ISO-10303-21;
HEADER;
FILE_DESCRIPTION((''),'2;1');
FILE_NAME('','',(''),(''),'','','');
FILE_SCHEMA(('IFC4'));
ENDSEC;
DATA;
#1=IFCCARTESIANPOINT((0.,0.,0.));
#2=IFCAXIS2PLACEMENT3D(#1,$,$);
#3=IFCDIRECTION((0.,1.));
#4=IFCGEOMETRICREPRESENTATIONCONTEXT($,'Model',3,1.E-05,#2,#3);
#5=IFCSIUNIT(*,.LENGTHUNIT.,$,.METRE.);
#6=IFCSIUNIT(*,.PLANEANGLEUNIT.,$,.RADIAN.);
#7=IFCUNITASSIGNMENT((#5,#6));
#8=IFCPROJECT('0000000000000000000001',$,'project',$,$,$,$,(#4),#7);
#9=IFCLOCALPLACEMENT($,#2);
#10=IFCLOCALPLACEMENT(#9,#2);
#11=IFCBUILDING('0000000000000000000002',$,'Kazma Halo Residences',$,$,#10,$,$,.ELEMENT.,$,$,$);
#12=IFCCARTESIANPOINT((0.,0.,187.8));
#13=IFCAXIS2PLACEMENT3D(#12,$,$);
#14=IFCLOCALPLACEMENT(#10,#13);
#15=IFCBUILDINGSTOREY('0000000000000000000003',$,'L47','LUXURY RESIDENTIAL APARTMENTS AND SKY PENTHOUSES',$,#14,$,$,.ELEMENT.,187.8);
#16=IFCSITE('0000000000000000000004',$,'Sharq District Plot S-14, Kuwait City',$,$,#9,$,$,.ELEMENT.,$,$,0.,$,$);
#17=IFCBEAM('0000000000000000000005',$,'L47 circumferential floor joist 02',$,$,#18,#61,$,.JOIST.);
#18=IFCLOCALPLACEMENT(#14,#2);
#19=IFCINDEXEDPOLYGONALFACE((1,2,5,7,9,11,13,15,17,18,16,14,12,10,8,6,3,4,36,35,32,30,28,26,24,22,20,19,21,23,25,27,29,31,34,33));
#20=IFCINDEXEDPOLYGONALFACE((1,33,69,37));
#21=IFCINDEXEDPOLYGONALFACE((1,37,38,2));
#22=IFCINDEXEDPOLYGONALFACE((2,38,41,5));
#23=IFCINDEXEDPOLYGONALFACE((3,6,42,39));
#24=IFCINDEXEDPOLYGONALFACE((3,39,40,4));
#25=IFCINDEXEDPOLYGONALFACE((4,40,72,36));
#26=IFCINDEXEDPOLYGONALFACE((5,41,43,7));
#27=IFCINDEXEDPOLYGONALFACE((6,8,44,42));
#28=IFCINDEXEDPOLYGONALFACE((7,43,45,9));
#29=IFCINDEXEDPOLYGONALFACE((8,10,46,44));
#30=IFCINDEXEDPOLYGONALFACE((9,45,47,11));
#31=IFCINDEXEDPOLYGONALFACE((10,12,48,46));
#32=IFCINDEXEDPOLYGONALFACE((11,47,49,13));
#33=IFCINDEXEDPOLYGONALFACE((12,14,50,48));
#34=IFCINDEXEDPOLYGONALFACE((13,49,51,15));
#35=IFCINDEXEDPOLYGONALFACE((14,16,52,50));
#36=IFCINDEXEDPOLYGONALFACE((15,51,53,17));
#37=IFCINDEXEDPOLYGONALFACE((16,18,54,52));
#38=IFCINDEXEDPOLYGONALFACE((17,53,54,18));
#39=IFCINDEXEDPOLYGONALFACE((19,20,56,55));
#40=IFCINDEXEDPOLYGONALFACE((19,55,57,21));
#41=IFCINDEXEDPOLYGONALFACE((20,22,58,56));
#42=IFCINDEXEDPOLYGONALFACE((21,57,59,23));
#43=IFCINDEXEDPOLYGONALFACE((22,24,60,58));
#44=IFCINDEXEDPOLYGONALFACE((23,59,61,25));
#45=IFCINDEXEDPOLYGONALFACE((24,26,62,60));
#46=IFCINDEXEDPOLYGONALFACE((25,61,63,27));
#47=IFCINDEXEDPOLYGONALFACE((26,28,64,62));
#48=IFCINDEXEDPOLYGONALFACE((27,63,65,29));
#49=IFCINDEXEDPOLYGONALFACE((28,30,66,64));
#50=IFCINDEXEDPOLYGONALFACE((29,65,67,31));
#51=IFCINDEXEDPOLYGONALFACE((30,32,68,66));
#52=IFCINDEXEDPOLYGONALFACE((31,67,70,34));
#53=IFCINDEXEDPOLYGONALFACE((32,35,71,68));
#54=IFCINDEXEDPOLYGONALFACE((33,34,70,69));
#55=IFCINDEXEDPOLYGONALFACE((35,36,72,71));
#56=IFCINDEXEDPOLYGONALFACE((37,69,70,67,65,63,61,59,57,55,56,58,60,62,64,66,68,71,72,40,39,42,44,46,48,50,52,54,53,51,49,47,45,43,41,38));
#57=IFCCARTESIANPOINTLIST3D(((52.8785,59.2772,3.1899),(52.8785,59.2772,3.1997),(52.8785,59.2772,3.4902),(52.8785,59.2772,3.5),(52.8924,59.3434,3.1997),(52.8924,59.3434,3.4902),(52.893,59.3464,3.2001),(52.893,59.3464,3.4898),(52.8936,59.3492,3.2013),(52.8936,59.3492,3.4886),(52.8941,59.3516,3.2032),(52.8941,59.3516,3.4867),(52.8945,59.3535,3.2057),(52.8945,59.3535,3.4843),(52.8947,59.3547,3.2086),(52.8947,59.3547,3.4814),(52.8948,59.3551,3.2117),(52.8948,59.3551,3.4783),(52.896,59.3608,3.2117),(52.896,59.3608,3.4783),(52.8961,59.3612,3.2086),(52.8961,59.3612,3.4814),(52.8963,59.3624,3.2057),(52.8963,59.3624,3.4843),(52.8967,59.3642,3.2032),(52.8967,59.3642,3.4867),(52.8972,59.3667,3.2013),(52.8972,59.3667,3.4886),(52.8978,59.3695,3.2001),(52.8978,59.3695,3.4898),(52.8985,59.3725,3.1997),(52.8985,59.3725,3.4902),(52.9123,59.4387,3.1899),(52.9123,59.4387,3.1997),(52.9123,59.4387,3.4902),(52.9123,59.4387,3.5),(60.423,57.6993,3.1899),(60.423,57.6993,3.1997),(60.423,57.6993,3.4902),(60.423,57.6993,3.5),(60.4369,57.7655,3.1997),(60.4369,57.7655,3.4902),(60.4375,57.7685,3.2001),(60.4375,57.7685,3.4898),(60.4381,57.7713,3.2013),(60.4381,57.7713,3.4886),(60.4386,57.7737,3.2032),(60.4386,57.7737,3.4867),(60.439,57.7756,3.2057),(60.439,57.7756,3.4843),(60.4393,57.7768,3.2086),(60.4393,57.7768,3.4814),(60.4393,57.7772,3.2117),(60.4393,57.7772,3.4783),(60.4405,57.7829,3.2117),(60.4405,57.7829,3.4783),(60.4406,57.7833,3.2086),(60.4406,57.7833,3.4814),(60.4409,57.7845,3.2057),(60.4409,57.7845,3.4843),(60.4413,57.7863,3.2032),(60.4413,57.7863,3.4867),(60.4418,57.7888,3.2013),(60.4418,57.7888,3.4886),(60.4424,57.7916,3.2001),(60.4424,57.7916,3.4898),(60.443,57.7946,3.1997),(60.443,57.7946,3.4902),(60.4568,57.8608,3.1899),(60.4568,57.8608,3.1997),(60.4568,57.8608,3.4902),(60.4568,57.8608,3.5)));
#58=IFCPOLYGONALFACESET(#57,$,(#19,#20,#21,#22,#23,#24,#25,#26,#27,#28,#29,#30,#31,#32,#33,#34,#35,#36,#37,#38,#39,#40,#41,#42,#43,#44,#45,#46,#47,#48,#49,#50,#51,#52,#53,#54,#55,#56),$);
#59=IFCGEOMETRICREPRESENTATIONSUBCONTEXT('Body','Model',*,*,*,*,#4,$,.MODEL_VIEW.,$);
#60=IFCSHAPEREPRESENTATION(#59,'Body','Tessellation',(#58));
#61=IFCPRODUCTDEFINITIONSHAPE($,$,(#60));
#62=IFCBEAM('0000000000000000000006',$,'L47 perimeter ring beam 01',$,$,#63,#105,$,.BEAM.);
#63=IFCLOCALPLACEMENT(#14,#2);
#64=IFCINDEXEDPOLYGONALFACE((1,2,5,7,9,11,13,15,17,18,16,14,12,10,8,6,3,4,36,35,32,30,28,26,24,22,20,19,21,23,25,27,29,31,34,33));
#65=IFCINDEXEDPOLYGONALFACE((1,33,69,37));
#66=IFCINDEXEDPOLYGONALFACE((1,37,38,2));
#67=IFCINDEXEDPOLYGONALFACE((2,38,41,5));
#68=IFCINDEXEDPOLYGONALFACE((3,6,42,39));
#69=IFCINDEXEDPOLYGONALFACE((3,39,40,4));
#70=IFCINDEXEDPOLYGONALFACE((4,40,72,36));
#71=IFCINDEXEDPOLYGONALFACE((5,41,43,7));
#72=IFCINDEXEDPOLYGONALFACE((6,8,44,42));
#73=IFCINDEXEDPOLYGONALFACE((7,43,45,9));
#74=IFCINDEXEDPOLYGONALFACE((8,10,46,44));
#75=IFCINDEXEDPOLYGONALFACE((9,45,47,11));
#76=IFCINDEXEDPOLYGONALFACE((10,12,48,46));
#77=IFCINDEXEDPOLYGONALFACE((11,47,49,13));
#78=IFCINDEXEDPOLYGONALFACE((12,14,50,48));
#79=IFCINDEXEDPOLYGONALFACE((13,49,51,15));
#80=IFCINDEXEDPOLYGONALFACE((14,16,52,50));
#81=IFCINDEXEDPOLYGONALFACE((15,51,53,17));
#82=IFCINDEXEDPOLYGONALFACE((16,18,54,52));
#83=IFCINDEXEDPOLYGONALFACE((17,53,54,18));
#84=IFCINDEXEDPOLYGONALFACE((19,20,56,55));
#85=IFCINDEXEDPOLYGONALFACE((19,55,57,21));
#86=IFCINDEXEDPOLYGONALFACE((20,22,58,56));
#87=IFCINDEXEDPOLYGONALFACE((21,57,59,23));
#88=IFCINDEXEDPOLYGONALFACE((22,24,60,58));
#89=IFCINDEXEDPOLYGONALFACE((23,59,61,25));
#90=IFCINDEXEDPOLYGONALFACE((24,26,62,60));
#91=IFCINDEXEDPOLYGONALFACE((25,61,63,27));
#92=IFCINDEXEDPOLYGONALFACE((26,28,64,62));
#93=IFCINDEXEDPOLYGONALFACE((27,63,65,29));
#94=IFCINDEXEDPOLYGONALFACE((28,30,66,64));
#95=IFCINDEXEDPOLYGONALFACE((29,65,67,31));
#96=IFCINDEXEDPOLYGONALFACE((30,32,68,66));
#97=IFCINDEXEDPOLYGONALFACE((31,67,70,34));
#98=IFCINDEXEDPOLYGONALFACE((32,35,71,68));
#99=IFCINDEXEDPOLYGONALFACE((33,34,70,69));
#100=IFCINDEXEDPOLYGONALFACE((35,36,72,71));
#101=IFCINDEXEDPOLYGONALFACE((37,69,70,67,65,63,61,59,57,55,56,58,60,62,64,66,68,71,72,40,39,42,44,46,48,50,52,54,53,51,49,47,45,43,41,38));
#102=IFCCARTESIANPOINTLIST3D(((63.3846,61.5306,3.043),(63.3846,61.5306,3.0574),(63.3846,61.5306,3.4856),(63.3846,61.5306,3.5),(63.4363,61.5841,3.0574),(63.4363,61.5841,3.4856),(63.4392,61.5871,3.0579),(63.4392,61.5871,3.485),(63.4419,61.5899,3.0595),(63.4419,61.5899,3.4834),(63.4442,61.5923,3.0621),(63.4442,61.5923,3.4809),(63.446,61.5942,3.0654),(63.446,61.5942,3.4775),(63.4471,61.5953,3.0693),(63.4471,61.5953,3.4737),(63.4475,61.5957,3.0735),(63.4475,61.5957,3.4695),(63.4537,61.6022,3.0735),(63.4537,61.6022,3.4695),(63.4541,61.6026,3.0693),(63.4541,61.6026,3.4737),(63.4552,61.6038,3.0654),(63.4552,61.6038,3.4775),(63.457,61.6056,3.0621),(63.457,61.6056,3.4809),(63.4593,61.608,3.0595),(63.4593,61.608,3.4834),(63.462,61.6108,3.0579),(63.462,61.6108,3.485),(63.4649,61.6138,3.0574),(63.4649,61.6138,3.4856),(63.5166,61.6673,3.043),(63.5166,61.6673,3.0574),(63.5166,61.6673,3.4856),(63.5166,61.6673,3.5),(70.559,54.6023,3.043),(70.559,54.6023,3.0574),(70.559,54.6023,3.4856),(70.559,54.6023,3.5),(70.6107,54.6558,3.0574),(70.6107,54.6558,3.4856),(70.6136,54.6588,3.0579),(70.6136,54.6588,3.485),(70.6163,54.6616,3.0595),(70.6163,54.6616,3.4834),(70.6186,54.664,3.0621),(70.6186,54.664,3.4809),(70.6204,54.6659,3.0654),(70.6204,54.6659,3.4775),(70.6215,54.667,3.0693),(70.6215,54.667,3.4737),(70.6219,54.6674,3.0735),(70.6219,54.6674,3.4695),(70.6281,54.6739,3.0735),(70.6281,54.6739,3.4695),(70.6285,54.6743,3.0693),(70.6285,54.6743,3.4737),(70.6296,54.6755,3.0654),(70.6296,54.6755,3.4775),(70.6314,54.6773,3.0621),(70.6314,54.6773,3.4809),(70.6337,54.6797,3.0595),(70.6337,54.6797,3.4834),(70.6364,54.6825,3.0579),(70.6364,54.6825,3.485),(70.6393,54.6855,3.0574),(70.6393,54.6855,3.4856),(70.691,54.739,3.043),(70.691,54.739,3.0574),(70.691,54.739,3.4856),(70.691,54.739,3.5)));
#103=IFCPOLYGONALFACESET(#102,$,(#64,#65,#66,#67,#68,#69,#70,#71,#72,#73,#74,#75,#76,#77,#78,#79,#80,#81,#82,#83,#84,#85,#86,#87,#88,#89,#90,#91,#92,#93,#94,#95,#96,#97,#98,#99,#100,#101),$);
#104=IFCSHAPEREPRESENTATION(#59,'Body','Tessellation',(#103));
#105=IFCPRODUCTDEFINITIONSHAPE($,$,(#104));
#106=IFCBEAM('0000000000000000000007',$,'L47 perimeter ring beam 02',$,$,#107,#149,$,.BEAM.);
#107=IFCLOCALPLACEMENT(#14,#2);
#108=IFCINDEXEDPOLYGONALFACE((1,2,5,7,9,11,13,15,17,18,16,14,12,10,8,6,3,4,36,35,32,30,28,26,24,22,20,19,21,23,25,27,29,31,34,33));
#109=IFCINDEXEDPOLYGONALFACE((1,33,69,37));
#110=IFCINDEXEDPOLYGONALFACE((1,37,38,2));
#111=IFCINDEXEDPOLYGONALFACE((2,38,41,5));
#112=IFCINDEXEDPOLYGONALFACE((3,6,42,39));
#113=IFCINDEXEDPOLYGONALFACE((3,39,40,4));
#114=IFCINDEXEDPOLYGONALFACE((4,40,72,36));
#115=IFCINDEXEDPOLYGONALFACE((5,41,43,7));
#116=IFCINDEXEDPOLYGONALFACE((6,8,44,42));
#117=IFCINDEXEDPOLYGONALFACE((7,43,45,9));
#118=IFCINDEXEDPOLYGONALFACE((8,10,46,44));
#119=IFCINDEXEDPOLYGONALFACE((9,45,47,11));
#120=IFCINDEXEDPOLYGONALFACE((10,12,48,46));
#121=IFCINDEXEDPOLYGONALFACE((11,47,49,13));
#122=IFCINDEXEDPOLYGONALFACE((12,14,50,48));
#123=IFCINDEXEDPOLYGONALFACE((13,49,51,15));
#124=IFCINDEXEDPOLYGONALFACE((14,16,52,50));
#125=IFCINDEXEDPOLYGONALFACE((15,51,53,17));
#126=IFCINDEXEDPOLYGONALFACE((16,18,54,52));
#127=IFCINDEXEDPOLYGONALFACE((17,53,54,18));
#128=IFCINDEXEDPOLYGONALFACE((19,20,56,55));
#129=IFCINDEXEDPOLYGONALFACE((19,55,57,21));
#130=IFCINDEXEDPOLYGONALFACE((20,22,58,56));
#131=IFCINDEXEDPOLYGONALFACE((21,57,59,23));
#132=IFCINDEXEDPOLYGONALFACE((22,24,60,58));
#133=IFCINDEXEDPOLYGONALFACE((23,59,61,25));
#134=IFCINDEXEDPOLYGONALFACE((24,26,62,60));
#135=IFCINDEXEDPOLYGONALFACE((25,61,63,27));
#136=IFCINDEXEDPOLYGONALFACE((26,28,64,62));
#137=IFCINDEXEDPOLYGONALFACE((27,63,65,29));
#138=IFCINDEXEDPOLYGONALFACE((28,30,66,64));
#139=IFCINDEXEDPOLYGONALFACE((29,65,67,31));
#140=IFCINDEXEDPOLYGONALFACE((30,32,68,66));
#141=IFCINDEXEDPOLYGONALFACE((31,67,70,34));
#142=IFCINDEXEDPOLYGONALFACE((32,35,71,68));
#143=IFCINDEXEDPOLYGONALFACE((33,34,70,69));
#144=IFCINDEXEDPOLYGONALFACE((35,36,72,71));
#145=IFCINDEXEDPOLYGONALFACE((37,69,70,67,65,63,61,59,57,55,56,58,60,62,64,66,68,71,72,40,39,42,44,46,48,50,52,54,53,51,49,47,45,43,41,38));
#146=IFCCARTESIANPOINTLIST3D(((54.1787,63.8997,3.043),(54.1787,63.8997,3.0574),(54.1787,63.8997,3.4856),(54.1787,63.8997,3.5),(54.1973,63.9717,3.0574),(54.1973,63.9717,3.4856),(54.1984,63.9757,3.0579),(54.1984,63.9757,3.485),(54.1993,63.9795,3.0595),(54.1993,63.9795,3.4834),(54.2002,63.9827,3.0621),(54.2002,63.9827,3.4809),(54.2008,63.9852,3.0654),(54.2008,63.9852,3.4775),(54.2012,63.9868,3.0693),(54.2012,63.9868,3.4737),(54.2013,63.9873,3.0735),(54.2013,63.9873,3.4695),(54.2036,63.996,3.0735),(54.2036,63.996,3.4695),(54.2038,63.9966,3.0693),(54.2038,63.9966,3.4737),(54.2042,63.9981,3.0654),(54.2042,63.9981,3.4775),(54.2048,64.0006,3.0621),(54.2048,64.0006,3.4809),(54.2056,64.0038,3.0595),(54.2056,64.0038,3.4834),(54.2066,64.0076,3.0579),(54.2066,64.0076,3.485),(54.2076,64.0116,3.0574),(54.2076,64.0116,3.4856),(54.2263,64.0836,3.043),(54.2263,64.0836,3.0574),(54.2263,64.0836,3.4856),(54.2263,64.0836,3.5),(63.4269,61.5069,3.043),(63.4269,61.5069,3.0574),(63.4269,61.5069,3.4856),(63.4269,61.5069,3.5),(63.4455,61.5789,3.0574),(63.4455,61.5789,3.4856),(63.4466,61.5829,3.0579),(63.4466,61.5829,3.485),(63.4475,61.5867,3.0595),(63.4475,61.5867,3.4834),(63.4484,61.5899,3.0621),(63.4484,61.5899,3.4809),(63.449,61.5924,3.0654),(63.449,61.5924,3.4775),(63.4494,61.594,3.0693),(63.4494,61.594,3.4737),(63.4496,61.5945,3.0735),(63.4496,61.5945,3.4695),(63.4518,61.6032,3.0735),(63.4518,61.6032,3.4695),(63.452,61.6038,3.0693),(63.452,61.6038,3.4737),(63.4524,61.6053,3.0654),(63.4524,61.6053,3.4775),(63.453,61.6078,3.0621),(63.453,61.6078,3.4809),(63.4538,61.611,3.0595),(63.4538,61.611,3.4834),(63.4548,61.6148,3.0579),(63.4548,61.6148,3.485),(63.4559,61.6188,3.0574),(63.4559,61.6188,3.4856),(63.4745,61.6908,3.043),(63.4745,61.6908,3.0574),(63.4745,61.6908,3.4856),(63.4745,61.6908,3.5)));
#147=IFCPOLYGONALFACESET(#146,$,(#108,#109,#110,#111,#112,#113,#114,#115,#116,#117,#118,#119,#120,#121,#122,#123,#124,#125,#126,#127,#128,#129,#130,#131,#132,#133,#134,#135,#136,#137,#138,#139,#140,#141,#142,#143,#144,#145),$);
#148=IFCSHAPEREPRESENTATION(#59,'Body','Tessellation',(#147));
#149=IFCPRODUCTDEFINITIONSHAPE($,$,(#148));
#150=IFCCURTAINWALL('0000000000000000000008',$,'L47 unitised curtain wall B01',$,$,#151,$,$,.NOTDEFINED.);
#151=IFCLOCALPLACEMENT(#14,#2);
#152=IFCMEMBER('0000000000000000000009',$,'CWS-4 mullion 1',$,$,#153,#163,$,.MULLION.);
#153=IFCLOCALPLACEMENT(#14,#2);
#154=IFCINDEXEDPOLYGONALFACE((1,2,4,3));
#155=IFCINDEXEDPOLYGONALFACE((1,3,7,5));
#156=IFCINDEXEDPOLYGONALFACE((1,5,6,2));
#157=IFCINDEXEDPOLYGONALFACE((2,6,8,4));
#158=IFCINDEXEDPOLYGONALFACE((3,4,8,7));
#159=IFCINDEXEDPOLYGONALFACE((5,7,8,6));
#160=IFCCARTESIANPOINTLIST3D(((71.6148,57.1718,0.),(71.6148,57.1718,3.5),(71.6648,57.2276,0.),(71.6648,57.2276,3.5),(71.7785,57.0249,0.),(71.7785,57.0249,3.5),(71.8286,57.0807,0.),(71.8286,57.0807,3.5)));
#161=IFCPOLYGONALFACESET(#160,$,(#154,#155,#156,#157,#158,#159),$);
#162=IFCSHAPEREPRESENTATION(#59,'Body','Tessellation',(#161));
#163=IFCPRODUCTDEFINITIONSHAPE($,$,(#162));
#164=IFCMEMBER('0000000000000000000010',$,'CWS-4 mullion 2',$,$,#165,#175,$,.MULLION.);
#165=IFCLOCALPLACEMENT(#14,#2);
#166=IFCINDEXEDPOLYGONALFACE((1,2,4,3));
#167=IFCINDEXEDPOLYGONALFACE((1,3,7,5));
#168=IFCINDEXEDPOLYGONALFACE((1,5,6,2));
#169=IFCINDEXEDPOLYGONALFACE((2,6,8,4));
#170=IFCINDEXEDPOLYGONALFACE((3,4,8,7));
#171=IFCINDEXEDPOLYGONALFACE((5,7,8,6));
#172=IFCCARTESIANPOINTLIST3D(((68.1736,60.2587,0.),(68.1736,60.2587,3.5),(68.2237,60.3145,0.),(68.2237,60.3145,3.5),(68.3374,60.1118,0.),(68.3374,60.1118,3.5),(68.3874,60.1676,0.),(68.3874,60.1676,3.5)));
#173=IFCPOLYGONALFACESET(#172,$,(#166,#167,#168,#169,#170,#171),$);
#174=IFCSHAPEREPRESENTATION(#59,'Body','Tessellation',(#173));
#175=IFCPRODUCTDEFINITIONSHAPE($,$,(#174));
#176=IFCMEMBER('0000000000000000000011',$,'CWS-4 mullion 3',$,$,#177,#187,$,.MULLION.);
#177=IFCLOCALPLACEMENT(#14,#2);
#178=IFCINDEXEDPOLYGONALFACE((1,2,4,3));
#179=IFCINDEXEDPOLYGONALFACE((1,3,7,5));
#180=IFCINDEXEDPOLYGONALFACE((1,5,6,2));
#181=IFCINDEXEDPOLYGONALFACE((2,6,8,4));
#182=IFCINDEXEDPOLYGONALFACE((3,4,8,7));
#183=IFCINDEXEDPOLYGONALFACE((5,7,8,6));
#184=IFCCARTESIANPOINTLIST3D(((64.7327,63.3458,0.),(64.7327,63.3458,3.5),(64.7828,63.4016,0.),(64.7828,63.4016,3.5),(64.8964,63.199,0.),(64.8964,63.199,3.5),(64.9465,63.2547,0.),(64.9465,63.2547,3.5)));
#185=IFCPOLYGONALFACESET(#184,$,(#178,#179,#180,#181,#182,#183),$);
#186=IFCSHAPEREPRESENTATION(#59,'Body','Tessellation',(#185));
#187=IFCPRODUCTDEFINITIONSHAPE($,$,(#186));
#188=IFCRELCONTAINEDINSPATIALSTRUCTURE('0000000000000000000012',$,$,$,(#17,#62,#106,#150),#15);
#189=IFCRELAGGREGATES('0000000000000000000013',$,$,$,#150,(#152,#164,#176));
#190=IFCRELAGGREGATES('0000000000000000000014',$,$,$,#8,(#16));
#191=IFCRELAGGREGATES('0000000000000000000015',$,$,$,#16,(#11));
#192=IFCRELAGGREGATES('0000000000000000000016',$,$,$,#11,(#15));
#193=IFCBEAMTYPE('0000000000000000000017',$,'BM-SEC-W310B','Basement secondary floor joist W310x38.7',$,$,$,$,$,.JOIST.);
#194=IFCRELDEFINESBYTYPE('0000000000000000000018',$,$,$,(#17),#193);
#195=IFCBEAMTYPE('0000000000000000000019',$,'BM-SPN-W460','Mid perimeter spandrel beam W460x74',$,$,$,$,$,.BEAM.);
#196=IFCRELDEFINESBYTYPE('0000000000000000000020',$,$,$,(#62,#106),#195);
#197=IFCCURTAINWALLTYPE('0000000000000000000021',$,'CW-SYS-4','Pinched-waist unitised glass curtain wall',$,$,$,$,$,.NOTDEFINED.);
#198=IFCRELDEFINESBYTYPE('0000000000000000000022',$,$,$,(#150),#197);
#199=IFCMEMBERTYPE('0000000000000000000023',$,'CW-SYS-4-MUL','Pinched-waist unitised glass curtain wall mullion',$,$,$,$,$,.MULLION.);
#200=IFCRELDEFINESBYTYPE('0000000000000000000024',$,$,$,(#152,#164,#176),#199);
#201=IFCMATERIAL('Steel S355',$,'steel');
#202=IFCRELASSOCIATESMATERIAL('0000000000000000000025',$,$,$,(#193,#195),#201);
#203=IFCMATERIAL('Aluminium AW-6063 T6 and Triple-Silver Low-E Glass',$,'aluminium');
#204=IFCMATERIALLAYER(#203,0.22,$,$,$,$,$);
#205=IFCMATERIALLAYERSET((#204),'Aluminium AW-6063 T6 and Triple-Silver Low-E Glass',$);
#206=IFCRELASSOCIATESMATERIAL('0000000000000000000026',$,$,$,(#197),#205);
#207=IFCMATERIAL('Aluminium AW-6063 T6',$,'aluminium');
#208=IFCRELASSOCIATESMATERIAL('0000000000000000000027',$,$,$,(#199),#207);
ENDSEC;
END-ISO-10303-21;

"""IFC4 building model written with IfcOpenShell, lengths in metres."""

from ifc_helpers import new_model, si_unit, direction, frame, origin, origin_2d, place, context, subcontext, project, spatial, rectangle, i_section, extrude, material, layer, layer_set, material_profile, profile_set, type_object, element, aggregate, save


model = new_model("IFC4")

# Units and contexts
model_context = context("Model", 3, precision=1e-05, world=origin(), true_north=direction((0.0, 1.0)))
body_context = subcontext(model_context, "Body", "Model", "MODEL_VIEW")
ifc_project = project(units=[si_unit("LENGTHUNIT", "METRE"), si_unit("PLANEANGLEUNIT", "RADIAN")], contexts=[model_context])

# Site, building, storey
site_placement = place(None, origin())
site = spatial("IfcSite", under=ifc_project, at=site_placement, Name="Sharq District Plot S-14, Kuwait City", CompositionType="ELEMENT", RefElevation=0.0)
building_placement = place(site_placement, origin())
building = spatial("IfcBuilding", under=site, at=building_placement, Name="Kazma Halo Residences", CompositionType="ELEMENT")
storey_placement = place(building_placement, frame((0.0, 0.0, 187.8)))
storey = spatial("IfcBuildingStorey", under=building, at=storey_placement, Name="L47", Description="LUXURY RESIDENTIAL APARTMENTS AND SKY PENTHOUSES", CompositionType="ELEMENT", Elevation=187.8)

# Beams
ifc_material_1 = material(Name="Steel S355", Category="steel")
ifc_material_profile_1 = material_profile(ifc_material_1, i_section(OverallWidth=0.165, OverallDepth=0.3101, WebThickness=0.0059, FlangeThickness=0.0098, FilletRadius=0.012, at=origin_2d()), Name="W310x38.7")
ifc_profile_set_1 = profile_set([ifc_material_profile_1], Name="Steel S355")
beam_type_1 = type_object("IfcBeamType", Name="BM-SEC-W310B", Description="Basement secondary floor joist W310x38.7", PredefinedType="JOIST", material=ifc_profile_set_1)
beam_1_placement = place(storey_placement, frame((60.4399, 57.78, 3.345), z_axis=(-0.978821, 0.204716, 0.0), x_axis=(-0.204716, -0.978821, 0.0)))
element("IfcBeam", 1, at=beam_1_placement, inside=storey, type_object=beam_type_1, Name="L47 circumferential floor joist 02", PredefinedType="JOIST", context=body_context, shape_type="SweptSolid", body=[
    extrude(i_section(OverallWidth=0.165, OverallDepth=0.3101, WebThickness=0.0059, FlangeThickness=0.0098, FilletRadius=0.012, at=origin_2d()), origin(), (0.0, 0.0, 1.0), 7.7078),
])
ifc_material_profile_2 = material_profile(ifc_material_1, i_section(OverallWidth=0.1899, OverallDepth=0.457, WebThickness=0.009, FlangeThickness=0.0144, FilletRadius=0.0161, at=origin_2d()), Name="W460x74")
ifc_profile_set_2 = profile_set([ifc_material_profile_2], Name="Steel S355")
beam_type_2 = type_object("IfcBeamType", Name="BM-SPN-W460", Description="Mid perimeter spandrel beam W460x74", PredefinedType="BEAM", material=ifc_profile_set_2)
beam_2_placement = place(storey_placement, frame((70.625, 54.6707, 3.2715), z_axis=(-0.719337, 0.694662, 0.0), x_axis=(-0.694662, -0.719337, 0.0)))
element("IfcBeam", 2, at=beam_2_placement, inside=storey, type_object=beam_type_2, Name="L47 perimeter ring beam 01", PredefinedType="BEAM", context=body_context, shape_type="SweptSolid", body=[
    extrude(i_section(OverallWidth=0.1899, OverallDepth=0.457, WebThickness=0.009, FlangeThickness=0.0144, FilletRadius=0.0161, at=origin_2d()), origin(), (0.0, 0.0, 1.0), 9.9736),
])
beam_3_placement = place(storey_placement, frame((63.4507, 61.5989, 3.2715), z_axis=(-0.968121, 0.250483, 0.0), x_axis=(-0.250483, -0.968121, 0.0)))
element("IfcBeam", 3, at=beam_3_placement, inside=storey, type_object=beam_type_2, Name="L47 perimeter ring beam 02", PredefinedType="BEAM", context=body_context, shape_type="SweptSolid", body=[
    extrude(i_section(OverallWidth=0.1899, OverallDepth=0.457, WebThickness=0.009, FlangeThickness=0.0144, FilletRadius=0.0161, at=origin_2d()), origin(), (0.0, 0.0, 1.0), 9.5527),
])

# Curtain wall, members
ifc_material_2 = material(Name="Aluminium AW-6063 T6 and Triple-Silver Low-E Glass", Category="aluminium")
ifc_layer_1 = layer(ifc_material_2, 0.22)
ifc_layer_set_1 = layer_set([ifc_layer_1], Name="Aluminium AW-6063 T6 and Triple-Silver Low-E Glass")
curtain_wall_type = type_object("IfcCurtainWallType", Name="CW-SYS-4", Description="Pinched-waist unitised glass curtain wall", PredefinedType="NOTDEFINED", material=ifc_layer_set_1)
curtain_wall_1_placement = place(storey_placement, origin())
curtain_wall_1 = element("IfcCurtainWall", 4, at=curtain_wall_1_placement, inside=storey, type_object=curtain_wall_type, Name="L47 unitised curtain wall B01", PredefinedType="NOTDEFINED")
ifc_material_3 = material(Name="Aluminium AW-6063 T6", Category="aluminium")
ifc_material_profile_3 = material_profile(ifc_material_3, rectangle(XDim=0.075, YDim=0.22, at=origin_2d()), Name="CWM-75x220")
ifc_profile_set_3 = profile_set([ifc_material_profile_3], Name="Aluminium AW-6063 T6")
member_type_1 = type_object("IfcMemberType", Name="CW-SYS-4-MUL", Description="Pinched-waist unitised glass curtain wall mullion", PredefinedType="MULLION", material=ifc_profile_set_3)
member_1_placement = place(storey_placement, frame((71.7217, 57.1262, 0.0), z_axis=(0.0, 0.0, 1.0), x_axis=(-0.667784, -0.744355, 0.0)))
member_1 = element("IfcMember", 5, at=member_1_placement, type_object=member_type_1, Name="CWS-4 mullion 1", PredefinedType="MULLION", context=body_context, shape_type="SweptSolid", body=[
    extrude(rectangle(XDim=0.075, YDim=0.22, at=origin_2d()), origin(), (0.0, 0.0, 1.0), 3.5),
])
member_2_placement = place(storey_placement, frame((68.2805, 60.2131, 0.0), z_axis=(0.0, 0.0, 1.0), x_axis=(-0.667784, -0.744355, 0.0)))
member_2 = element("IfcMember", 6, at=member_2_placement, type_object=member_type_1, Name="CWS-4 mullion 2", PredefinedType="MULLION", context=body_context, shape_type="SweptSolid", body=[
    extrude(rectangle(XDim=0.075, YDim=0.22, at=origin_2d()), origin(), (0.0, 0.0, 1.0), 3.5),
])
member_3_placement = place(storey_placement, frame((64.8396, 63.3003, 0.0), z_axis=(0.0, 0.0, 1.0), x_axis=(-0.667784, -0.744355, 0.0)))
member_3 = element("IfcMember", 7, at=member_3_placement, type_object=member_type_1, Name="CWS-4 mullion 3", PredefinedType="MULLION", context=body_context, shape_type="SweptSolid", body=[
    extrude(rectangle(XDim=0.075, YDim=0.22, at=origin_2d()), origin(), (0.0, 0.0, 1.0), 3.5),
])

aggregate(curtain_wall_1, [member_1, member_2, member_3])

save(model, "model.ifc")
